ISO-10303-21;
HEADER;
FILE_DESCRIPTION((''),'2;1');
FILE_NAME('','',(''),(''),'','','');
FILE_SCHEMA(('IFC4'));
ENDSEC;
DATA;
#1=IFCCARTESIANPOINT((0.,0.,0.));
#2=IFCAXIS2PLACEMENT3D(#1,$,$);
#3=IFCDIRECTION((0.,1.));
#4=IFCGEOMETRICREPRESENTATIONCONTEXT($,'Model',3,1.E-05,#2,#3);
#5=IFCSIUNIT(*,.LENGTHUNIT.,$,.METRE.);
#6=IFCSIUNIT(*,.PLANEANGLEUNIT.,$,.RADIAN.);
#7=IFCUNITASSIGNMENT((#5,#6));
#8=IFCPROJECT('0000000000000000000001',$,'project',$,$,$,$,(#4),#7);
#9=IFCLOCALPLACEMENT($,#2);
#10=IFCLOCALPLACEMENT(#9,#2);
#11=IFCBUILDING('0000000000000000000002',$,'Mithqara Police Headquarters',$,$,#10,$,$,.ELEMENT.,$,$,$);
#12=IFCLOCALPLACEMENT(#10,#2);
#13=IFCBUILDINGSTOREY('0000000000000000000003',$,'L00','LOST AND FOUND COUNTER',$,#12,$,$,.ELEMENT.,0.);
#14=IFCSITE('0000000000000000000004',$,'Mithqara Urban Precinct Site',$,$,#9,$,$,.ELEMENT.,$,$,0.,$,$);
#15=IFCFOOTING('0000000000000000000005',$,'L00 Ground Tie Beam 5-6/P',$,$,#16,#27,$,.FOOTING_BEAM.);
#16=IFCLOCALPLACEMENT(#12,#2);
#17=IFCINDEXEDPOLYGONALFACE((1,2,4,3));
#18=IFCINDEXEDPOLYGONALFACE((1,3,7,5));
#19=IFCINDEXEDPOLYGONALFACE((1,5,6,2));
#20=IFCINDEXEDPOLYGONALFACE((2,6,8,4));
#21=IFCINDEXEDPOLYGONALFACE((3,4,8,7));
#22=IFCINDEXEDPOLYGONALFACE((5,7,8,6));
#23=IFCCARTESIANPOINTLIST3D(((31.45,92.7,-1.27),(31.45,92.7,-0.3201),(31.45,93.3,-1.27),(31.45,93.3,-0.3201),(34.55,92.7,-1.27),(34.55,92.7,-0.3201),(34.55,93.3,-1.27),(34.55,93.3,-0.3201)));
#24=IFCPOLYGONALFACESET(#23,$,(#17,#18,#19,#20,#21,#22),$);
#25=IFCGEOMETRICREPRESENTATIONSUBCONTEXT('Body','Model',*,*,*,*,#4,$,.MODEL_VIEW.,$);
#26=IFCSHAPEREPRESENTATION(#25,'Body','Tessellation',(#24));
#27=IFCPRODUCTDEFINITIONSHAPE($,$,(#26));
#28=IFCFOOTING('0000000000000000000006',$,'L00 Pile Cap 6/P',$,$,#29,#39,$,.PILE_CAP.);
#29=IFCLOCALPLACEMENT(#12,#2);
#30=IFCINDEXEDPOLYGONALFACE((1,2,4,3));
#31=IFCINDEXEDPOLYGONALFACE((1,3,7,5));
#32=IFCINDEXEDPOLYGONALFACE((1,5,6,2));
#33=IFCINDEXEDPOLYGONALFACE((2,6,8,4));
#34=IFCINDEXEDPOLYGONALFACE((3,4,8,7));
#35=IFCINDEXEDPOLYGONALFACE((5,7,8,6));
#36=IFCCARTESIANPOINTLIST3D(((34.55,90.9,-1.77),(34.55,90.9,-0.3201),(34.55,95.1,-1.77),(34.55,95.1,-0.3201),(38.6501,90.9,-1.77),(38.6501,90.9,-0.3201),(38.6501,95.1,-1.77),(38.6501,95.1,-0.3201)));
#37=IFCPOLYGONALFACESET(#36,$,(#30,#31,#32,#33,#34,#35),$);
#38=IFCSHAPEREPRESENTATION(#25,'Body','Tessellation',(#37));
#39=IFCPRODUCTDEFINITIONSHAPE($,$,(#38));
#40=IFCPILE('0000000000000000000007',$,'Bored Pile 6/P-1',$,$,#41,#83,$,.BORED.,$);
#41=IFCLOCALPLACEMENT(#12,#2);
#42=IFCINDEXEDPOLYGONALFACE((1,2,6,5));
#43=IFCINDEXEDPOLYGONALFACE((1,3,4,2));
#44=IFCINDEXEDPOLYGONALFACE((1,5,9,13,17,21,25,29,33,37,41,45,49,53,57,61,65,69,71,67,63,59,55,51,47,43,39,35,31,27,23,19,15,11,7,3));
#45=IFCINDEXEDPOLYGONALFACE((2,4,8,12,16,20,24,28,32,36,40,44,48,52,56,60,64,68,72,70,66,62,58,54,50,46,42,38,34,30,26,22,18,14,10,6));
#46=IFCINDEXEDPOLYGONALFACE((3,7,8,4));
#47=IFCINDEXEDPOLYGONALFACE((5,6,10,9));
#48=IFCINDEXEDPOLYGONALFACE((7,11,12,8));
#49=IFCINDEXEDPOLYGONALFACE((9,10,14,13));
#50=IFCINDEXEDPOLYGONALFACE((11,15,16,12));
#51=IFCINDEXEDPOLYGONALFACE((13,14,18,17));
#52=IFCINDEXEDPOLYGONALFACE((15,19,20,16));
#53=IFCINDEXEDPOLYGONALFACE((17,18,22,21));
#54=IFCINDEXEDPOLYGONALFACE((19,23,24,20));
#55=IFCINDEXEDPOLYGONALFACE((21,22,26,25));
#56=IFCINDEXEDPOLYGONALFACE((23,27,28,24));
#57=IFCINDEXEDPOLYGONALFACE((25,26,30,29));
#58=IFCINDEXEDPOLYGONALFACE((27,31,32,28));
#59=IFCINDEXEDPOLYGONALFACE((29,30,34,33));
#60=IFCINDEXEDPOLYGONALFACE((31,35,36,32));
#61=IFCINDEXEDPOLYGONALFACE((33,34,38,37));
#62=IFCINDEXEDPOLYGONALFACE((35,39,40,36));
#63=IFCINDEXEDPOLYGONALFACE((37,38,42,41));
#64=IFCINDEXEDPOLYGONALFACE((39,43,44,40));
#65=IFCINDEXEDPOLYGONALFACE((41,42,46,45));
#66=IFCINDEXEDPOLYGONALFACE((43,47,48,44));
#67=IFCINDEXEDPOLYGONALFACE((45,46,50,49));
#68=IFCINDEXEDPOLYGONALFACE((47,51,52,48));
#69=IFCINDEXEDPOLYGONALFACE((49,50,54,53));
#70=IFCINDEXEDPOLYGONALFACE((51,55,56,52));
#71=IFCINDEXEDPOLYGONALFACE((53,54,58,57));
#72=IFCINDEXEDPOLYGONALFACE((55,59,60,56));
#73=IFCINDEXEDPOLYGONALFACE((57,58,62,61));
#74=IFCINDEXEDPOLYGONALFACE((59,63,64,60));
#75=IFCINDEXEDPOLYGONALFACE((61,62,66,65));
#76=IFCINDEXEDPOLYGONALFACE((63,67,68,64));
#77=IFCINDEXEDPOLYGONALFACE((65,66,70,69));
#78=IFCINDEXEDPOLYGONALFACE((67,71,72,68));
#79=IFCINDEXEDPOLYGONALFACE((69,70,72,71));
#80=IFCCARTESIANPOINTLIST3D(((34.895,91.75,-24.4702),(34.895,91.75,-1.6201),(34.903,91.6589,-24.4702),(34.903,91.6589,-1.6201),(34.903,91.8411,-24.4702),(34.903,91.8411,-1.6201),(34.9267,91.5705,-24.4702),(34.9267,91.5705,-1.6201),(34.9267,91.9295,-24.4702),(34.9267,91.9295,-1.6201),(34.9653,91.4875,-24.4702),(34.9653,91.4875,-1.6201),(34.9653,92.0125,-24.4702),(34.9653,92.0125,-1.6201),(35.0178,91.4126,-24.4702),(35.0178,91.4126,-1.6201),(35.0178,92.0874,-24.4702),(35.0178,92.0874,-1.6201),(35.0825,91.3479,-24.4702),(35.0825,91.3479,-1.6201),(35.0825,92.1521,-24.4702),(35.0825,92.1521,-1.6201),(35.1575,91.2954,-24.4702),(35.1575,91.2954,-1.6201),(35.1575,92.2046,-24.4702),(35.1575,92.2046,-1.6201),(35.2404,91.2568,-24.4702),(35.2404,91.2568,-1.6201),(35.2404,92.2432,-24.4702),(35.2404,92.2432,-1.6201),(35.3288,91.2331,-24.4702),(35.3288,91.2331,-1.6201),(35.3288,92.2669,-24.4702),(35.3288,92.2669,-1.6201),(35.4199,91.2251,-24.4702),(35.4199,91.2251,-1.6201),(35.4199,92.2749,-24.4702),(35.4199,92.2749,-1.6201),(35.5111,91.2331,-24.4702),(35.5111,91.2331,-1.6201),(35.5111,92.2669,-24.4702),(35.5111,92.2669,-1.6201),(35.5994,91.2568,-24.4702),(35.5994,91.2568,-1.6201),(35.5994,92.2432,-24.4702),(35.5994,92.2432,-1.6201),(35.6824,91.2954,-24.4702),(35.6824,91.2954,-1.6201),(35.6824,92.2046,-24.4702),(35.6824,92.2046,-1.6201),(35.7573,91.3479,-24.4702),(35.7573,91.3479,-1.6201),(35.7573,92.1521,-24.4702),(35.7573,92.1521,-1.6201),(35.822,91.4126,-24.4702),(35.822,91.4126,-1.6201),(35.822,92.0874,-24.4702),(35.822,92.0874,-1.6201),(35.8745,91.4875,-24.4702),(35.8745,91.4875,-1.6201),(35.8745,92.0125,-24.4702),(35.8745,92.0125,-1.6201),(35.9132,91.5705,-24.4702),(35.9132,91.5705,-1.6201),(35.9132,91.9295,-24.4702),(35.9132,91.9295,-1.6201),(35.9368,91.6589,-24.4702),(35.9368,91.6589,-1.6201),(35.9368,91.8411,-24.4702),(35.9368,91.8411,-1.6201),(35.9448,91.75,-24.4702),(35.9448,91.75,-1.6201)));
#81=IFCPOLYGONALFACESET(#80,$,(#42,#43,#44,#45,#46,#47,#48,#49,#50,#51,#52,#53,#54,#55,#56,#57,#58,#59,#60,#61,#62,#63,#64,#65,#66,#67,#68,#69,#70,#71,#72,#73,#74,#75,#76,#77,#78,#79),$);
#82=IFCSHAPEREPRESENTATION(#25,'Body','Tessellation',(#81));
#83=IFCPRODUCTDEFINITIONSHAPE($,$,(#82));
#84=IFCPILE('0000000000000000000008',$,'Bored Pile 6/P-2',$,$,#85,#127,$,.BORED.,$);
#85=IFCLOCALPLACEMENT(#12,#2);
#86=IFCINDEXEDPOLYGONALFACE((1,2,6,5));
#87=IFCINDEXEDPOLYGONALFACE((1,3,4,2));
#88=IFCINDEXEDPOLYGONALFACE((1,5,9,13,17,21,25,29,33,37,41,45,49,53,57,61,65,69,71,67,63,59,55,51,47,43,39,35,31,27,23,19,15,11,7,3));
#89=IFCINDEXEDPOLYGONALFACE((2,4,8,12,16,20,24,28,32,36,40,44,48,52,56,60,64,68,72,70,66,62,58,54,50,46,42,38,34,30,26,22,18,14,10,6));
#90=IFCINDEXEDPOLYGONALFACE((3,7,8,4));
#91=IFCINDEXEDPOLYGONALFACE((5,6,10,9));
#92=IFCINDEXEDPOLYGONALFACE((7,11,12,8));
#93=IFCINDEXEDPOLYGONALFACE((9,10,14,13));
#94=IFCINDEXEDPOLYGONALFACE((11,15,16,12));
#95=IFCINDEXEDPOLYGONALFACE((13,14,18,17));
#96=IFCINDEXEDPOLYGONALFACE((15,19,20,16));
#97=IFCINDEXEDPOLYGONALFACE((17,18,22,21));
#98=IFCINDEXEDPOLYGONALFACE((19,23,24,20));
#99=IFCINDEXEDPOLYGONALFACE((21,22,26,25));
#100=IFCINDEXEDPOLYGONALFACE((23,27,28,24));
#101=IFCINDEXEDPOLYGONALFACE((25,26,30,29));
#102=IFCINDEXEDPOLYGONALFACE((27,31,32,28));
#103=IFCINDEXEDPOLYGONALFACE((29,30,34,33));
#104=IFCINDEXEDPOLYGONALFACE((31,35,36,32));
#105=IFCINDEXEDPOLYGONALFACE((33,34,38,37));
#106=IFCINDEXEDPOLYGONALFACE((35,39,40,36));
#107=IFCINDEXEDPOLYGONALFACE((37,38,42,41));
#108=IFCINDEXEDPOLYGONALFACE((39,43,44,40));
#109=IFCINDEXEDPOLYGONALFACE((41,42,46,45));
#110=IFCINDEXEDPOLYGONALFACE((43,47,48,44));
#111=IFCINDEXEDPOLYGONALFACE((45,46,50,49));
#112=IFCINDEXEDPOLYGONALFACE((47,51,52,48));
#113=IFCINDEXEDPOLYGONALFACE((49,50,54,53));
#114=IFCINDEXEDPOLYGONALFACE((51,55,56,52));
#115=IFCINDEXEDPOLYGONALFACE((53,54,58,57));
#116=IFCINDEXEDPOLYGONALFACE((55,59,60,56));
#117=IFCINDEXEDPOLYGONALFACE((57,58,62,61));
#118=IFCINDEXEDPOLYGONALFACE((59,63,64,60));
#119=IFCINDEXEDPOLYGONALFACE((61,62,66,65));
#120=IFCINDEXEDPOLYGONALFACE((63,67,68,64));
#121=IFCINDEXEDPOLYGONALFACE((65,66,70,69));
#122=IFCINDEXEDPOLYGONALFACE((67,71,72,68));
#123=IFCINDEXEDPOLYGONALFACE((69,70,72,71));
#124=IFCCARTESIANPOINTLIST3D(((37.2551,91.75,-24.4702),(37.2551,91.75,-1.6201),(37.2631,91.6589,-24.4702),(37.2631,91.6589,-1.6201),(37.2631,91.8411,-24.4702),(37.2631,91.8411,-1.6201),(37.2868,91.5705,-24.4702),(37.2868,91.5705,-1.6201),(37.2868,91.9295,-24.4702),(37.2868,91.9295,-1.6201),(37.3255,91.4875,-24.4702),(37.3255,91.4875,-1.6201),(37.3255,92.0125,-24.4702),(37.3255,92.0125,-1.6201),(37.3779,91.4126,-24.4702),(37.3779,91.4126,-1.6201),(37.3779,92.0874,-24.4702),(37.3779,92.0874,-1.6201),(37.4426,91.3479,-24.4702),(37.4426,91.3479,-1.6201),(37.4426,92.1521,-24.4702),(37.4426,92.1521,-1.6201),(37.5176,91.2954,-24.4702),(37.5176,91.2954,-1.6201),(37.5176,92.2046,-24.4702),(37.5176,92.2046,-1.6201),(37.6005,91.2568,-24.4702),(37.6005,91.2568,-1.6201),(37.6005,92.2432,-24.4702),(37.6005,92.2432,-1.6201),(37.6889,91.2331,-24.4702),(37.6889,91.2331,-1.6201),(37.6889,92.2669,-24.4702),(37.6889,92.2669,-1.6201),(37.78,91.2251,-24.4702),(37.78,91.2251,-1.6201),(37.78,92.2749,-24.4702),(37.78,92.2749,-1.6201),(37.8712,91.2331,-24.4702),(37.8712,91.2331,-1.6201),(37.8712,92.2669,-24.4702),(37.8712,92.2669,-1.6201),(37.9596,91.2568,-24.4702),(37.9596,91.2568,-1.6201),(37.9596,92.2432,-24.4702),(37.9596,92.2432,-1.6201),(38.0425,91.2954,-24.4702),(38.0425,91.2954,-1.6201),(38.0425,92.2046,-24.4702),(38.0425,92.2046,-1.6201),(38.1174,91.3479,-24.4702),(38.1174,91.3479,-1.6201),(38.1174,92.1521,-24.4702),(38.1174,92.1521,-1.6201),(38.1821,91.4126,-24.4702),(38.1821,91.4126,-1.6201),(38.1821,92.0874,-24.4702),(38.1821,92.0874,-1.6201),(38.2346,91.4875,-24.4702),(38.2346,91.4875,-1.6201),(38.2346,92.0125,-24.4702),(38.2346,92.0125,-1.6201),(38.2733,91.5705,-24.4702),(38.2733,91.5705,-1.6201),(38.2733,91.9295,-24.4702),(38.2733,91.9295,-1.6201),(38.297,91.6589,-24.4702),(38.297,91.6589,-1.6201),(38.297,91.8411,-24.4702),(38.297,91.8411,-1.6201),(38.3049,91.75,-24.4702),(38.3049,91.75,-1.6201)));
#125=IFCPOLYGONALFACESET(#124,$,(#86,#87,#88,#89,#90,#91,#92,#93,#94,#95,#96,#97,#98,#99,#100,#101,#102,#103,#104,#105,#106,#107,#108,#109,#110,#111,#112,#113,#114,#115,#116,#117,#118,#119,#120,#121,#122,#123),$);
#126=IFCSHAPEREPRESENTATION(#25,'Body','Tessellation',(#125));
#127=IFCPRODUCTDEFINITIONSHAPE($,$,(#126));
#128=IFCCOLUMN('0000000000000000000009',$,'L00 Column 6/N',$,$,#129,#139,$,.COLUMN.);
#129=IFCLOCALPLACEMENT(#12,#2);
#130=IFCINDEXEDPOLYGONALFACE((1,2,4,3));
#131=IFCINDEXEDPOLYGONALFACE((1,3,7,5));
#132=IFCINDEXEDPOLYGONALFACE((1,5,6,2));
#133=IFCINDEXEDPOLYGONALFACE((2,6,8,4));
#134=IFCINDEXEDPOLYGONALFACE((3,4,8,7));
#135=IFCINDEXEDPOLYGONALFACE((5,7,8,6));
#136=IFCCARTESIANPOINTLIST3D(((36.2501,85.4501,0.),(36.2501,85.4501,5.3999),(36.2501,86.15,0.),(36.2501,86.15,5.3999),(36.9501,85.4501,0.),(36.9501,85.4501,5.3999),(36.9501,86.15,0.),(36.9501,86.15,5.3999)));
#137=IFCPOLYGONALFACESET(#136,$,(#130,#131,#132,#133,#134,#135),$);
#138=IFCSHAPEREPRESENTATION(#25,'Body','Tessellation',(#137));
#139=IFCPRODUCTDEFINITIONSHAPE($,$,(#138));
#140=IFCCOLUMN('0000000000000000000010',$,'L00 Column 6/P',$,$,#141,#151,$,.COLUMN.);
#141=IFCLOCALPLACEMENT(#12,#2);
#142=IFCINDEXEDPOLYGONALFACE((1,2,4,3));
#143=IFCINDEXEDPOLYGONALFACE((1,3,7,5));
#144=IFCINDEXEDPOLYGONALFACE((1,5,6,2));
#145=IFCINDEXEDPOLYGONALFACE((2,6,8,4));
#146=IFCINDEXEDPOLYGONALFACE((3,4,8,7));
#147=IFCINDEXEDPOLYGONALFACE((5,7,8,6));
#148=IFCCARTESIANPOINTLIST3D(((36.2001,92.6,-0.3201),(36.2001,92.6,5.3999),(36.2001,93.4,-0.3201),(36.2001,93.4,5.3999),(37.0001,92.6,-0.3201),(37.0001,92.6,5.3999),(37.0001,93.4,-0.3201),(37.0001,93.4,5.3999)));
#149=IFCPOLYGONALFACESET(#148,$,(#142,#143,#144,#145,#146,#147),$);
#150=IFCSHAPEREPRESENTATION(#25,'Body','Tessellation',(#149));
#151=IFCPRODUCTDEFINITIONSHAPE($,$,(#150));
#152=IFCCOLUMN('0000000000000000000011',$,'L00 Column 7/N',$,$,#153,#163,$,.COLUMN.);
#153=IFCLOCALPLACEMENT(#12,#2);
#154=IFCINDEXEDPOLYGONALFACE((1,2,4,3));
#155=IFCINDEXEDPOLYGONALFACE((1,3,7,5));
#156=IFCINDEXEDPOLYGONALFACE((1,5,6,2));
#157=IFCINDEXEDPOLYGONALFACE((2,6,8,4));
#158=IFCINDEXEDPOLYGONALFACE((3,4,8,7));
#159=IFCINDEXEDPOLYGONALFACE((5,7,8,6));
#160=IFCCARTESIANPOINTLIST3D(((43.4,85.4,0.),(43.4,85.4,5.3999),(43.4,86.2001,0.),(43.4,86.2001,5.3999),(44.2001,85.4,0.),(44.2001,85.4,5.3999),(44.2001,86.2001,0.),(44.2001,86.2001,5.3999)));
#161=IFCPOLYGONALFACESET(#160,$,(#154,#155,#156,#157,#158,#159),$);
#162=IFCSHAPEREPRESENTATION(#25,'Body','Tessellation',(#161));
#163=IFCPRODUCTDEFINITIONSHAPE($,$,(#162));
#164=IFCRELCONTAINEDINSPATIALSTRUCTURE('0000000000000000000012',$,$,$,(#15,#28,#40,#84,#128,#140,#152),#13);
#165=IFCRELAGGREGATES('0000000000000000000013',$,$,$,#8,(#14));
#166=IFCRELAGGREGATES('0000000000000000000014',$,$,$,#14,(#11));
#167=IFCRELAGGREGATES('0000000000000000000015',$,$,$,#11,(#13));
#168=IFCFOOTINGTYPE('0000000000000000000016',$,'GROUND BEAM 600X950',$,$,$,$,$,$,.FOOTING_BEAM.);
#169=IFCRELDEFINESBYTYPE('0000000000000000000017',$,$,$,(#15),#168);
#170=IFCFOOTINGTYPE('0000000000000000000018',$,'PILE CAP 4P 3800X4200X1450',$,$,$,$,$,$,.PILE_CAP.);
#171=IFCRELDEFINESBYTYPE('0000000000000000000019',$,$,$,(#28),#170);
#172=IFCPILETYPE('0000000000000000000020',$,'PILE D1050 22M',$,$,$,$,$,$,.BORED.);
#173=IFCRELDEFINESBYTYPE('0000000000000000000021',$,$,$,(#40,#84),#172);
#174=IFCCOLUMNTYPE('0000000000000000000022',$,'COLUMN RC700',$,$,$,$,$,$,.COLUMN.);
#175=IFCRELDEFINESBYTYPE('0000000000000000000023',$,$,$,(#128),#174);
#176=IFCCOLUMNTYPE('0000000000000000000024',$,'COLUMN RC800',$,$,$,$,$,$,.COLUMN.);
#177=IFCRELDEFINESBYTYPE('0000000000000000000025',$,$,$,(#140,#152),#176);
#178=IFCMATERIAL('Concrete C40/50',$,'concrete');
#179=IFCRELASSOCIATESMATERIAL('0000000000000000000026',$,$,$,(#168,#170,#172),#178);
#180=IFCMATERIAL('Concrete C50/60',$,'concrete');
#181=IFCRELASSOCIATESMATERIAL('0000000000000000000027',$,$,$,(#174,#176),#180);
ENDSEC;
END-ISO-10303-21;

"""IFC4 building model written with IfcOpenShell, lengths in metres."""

from ifc_helpers import new_model, si_unit, direction, frame, origin, origin_2d, place, context, subcontext, project, spatial, rectangle, circle, extrude, material, material_profile, profile_set, type_object, element, save


model = new_model("IFC4")

# Units and contexts
model_context = context("Model", 3, precision=1e-05, world=origin(), true_north=direction((0.0, 1.0)))
body_context = subcontext(model_context, "Body", "Model", "MODEL_VIEW")
ifc_project = project(units=[si_unit("LENGTHUNIT", "METRE"), si_unit("PLANEANGLEUNIT", "RADIAN")], contexts=[model_context])

# Site, building, storey
site_placement = place(None, origin())
site = spatial("IfcSite", under=ifc_project, at=site_placement, Name="Mithqara Urban Precinct Site", CompositionType="ELEMENT", RefElevation=0.0)
building_placement = place(site_placement, origin())
building = spatial("IfcBuilding", under=site, at=building_placement, Name="Mithqara Police Headquarters", CompositionType="ELEMENT")
storey_placement = place(building_placement, origin())
storey = spatial("IfcBuildingStorey", under=building, at=storey_placement, Name="L00", Description="LOST AND FOUND COUNTER", CompositionType="ELEMENT", Elevation=0.0)

# Footings
ifc_material_1 = material(Name="Concrete C40/50", Category="concrete")
footing_type_1 = type_object("IfcFootingType", Name="GROUND BEAM 600X950", PredefinedType="FOOTING_BEAM", material=ifc_material_1)
footing_1_placement = place(storey_placement, frame((33.0, 93.0, -1.27), z_axis=(0.0, 0.0, 1.0), x_axis=(1.0, 0.0, 0.0)))
element("IfcFooting", 1, at=footing_1_placement, inside=storey, type_object=footing_type_1, Name="L00 Ground Tie Beam 5-6/P", PredefinedType="FOOTING_BEAM", context=body_context, shape_type="SweptSolid", body=[
    extrude(rectangle(XDim=3.1001, YDim=0.6001, at=origin_2d()), origin(), (0.0, 0.0, 1.0), 0.95),
])
footing_type_2 = type_object("IfcFootingType", Name="PILE CAP 4P 3800X4200X1450", PredefinedType="PILE_CAP", material=ifc_material_1)
footing_2_placement = place(storey_placement, frame((36.6001, 93.0, -1.77), z_axis=(0.0, 0.0, 1.0), x_axis=(1.0, 0.0, 0.0)))
element("IfcFooting", 2, at=footing_2_placement, inside=storey, type_object=footing_type_2, Name="L00 Pile Cap 6/P", PredefinedType="PILE_CAP", context=body_context, shape_type="SweptSolid", body=[
    extrude(rectangle(XDim=4.1001, YDim=4.2, at=origin_2d()), origin(), (0.0, 0.0, 1.0), 1.45),
])

# Piles
ifc_material_profile_1 = material_profile(ifc_material_1, circle(Radius=0.5249, at=origin_2d()), Name="PILE D1050")
ifc_profile_set_1 = profile_set([ifc_material_profile_1], Name="Concrete C40/50")
pile_type = type_object("IfcPileType", Name="PILE D1050 22M", PredefinedType="BORED", material=ifc_profile_set_1)
for number, where, z_axis, x_axis, name in (
    (3, (35.4199, 91.75, -1.6201), (0.0, 0.0, -1.0), (1.0, 0.0, 0.0), "Bored Pile 6/P-1"),
    (4, (37.78, 91.75, -1.6201), (0.0, 0.0, -1.0), (1.0, 0.0, 0.0), "Bored Pile 6/P-2"),
):
    element("IfcPile", number, at=place(storey_placement, frame(where, z_axis=z_axis, x_axis=x_axis)), inside=storey, type_object=pile_type, Name=name, PredefinedType="BORED", context=body_context, shape_type="SweptSolid", body=[
        extrude(circle(Radius=0.5249, at=origin_2d()), origin(), (0.0, 0.0, 1.0), 22.8501),
    ])

# Columns
ifc_material_2 = material(Name="Concrete C50/60", Category="concrete")
ifc_material_profile_2 = material_profile(ifc_material_2, rectangle(XDim=0.7, YDim=0.7, at=origin_2d()), Name="RC 700x700")
ifc_profile_set_2 = profile_set([ifc_material_profile_2], Name="Concrete C50/60")
column_type_1 = type_object("IfcColumnType", Name="COLUMN RC700", PredefinedType="COLUMN", material=ifc_profile_set_2)
column_1_placement = place(storey_placement, frame((36.6001, 85.8, 0.0), z_axis=(0.0, 0.0, 1.0), x_axis=(1.0, 0.0, 0.0)))
element("IfcColumn", 5, at=column_1_placement, inside=storey, type_object=column_type_1, Name="L00 Column 6/N", PredefinedType="COLUMN", context=body_context, shape_type="SweptSolid", body=[
    extrude(rectangle(XDim=0.7, YDim=0.7, at=origin_2d()), origin(), (0.0, 0.0, 1.0), 5.3999),
])
ifc_material_profile_3 = material_profile(ifc_material_2, rectangle(XDim=0.8, YDim=0.8, at=origin_2d()), Name="RC 800x800")
ifc_profile_set_3 = profile_set([ifc_material_profile_3], Name="Concrete C50/60")
column_type_2 = type_object("IfcColumnType", Name="COLUMN RC800", PredefinedType="COLUMN", material=ifc_profile_set_3)
column_2_placement = place(storey_placement, frame((36.6001, 93.0, -0.3201), z_axis=(0.0, 0.0, 1.0), x_axis=(1.0, 0.0, 0.0)))
element("IfcColumn", 6, at=column_2_placement, inside=storey, type_object=column_type_2, Name="L00 Column 6/P", PredefinedType="COLUMN", context=body_context, shape_type="SweptSolid", body=[
    extrude(rectangle(XDim=0.8, YDim=0.8, at=origin_2d()), origin(), (0.0, 0.0, 1.0), 5.72),
])
column_3_placement = place(storey_placement, frame((43.8, 85.8, 0.0), z_axis=(0.0, 0.0, 1.0), x_axis=(1.0, 0.0, 0.0)))
element("IfcColumn", 7, at=column_3_placement, inside=storey, type_object=column_type_2, Name="L00 Column 7/N", PredefinedType="COLUMN", context=body_context, shape_type="SweptSolid", body=[
    extrude(rectangle(XDim=0.8, YDim=0.8, at=origin_2d()), origin(), (0.0, 0.0, 1.0), 5.3999),
])

save(model, "model.ifc")
